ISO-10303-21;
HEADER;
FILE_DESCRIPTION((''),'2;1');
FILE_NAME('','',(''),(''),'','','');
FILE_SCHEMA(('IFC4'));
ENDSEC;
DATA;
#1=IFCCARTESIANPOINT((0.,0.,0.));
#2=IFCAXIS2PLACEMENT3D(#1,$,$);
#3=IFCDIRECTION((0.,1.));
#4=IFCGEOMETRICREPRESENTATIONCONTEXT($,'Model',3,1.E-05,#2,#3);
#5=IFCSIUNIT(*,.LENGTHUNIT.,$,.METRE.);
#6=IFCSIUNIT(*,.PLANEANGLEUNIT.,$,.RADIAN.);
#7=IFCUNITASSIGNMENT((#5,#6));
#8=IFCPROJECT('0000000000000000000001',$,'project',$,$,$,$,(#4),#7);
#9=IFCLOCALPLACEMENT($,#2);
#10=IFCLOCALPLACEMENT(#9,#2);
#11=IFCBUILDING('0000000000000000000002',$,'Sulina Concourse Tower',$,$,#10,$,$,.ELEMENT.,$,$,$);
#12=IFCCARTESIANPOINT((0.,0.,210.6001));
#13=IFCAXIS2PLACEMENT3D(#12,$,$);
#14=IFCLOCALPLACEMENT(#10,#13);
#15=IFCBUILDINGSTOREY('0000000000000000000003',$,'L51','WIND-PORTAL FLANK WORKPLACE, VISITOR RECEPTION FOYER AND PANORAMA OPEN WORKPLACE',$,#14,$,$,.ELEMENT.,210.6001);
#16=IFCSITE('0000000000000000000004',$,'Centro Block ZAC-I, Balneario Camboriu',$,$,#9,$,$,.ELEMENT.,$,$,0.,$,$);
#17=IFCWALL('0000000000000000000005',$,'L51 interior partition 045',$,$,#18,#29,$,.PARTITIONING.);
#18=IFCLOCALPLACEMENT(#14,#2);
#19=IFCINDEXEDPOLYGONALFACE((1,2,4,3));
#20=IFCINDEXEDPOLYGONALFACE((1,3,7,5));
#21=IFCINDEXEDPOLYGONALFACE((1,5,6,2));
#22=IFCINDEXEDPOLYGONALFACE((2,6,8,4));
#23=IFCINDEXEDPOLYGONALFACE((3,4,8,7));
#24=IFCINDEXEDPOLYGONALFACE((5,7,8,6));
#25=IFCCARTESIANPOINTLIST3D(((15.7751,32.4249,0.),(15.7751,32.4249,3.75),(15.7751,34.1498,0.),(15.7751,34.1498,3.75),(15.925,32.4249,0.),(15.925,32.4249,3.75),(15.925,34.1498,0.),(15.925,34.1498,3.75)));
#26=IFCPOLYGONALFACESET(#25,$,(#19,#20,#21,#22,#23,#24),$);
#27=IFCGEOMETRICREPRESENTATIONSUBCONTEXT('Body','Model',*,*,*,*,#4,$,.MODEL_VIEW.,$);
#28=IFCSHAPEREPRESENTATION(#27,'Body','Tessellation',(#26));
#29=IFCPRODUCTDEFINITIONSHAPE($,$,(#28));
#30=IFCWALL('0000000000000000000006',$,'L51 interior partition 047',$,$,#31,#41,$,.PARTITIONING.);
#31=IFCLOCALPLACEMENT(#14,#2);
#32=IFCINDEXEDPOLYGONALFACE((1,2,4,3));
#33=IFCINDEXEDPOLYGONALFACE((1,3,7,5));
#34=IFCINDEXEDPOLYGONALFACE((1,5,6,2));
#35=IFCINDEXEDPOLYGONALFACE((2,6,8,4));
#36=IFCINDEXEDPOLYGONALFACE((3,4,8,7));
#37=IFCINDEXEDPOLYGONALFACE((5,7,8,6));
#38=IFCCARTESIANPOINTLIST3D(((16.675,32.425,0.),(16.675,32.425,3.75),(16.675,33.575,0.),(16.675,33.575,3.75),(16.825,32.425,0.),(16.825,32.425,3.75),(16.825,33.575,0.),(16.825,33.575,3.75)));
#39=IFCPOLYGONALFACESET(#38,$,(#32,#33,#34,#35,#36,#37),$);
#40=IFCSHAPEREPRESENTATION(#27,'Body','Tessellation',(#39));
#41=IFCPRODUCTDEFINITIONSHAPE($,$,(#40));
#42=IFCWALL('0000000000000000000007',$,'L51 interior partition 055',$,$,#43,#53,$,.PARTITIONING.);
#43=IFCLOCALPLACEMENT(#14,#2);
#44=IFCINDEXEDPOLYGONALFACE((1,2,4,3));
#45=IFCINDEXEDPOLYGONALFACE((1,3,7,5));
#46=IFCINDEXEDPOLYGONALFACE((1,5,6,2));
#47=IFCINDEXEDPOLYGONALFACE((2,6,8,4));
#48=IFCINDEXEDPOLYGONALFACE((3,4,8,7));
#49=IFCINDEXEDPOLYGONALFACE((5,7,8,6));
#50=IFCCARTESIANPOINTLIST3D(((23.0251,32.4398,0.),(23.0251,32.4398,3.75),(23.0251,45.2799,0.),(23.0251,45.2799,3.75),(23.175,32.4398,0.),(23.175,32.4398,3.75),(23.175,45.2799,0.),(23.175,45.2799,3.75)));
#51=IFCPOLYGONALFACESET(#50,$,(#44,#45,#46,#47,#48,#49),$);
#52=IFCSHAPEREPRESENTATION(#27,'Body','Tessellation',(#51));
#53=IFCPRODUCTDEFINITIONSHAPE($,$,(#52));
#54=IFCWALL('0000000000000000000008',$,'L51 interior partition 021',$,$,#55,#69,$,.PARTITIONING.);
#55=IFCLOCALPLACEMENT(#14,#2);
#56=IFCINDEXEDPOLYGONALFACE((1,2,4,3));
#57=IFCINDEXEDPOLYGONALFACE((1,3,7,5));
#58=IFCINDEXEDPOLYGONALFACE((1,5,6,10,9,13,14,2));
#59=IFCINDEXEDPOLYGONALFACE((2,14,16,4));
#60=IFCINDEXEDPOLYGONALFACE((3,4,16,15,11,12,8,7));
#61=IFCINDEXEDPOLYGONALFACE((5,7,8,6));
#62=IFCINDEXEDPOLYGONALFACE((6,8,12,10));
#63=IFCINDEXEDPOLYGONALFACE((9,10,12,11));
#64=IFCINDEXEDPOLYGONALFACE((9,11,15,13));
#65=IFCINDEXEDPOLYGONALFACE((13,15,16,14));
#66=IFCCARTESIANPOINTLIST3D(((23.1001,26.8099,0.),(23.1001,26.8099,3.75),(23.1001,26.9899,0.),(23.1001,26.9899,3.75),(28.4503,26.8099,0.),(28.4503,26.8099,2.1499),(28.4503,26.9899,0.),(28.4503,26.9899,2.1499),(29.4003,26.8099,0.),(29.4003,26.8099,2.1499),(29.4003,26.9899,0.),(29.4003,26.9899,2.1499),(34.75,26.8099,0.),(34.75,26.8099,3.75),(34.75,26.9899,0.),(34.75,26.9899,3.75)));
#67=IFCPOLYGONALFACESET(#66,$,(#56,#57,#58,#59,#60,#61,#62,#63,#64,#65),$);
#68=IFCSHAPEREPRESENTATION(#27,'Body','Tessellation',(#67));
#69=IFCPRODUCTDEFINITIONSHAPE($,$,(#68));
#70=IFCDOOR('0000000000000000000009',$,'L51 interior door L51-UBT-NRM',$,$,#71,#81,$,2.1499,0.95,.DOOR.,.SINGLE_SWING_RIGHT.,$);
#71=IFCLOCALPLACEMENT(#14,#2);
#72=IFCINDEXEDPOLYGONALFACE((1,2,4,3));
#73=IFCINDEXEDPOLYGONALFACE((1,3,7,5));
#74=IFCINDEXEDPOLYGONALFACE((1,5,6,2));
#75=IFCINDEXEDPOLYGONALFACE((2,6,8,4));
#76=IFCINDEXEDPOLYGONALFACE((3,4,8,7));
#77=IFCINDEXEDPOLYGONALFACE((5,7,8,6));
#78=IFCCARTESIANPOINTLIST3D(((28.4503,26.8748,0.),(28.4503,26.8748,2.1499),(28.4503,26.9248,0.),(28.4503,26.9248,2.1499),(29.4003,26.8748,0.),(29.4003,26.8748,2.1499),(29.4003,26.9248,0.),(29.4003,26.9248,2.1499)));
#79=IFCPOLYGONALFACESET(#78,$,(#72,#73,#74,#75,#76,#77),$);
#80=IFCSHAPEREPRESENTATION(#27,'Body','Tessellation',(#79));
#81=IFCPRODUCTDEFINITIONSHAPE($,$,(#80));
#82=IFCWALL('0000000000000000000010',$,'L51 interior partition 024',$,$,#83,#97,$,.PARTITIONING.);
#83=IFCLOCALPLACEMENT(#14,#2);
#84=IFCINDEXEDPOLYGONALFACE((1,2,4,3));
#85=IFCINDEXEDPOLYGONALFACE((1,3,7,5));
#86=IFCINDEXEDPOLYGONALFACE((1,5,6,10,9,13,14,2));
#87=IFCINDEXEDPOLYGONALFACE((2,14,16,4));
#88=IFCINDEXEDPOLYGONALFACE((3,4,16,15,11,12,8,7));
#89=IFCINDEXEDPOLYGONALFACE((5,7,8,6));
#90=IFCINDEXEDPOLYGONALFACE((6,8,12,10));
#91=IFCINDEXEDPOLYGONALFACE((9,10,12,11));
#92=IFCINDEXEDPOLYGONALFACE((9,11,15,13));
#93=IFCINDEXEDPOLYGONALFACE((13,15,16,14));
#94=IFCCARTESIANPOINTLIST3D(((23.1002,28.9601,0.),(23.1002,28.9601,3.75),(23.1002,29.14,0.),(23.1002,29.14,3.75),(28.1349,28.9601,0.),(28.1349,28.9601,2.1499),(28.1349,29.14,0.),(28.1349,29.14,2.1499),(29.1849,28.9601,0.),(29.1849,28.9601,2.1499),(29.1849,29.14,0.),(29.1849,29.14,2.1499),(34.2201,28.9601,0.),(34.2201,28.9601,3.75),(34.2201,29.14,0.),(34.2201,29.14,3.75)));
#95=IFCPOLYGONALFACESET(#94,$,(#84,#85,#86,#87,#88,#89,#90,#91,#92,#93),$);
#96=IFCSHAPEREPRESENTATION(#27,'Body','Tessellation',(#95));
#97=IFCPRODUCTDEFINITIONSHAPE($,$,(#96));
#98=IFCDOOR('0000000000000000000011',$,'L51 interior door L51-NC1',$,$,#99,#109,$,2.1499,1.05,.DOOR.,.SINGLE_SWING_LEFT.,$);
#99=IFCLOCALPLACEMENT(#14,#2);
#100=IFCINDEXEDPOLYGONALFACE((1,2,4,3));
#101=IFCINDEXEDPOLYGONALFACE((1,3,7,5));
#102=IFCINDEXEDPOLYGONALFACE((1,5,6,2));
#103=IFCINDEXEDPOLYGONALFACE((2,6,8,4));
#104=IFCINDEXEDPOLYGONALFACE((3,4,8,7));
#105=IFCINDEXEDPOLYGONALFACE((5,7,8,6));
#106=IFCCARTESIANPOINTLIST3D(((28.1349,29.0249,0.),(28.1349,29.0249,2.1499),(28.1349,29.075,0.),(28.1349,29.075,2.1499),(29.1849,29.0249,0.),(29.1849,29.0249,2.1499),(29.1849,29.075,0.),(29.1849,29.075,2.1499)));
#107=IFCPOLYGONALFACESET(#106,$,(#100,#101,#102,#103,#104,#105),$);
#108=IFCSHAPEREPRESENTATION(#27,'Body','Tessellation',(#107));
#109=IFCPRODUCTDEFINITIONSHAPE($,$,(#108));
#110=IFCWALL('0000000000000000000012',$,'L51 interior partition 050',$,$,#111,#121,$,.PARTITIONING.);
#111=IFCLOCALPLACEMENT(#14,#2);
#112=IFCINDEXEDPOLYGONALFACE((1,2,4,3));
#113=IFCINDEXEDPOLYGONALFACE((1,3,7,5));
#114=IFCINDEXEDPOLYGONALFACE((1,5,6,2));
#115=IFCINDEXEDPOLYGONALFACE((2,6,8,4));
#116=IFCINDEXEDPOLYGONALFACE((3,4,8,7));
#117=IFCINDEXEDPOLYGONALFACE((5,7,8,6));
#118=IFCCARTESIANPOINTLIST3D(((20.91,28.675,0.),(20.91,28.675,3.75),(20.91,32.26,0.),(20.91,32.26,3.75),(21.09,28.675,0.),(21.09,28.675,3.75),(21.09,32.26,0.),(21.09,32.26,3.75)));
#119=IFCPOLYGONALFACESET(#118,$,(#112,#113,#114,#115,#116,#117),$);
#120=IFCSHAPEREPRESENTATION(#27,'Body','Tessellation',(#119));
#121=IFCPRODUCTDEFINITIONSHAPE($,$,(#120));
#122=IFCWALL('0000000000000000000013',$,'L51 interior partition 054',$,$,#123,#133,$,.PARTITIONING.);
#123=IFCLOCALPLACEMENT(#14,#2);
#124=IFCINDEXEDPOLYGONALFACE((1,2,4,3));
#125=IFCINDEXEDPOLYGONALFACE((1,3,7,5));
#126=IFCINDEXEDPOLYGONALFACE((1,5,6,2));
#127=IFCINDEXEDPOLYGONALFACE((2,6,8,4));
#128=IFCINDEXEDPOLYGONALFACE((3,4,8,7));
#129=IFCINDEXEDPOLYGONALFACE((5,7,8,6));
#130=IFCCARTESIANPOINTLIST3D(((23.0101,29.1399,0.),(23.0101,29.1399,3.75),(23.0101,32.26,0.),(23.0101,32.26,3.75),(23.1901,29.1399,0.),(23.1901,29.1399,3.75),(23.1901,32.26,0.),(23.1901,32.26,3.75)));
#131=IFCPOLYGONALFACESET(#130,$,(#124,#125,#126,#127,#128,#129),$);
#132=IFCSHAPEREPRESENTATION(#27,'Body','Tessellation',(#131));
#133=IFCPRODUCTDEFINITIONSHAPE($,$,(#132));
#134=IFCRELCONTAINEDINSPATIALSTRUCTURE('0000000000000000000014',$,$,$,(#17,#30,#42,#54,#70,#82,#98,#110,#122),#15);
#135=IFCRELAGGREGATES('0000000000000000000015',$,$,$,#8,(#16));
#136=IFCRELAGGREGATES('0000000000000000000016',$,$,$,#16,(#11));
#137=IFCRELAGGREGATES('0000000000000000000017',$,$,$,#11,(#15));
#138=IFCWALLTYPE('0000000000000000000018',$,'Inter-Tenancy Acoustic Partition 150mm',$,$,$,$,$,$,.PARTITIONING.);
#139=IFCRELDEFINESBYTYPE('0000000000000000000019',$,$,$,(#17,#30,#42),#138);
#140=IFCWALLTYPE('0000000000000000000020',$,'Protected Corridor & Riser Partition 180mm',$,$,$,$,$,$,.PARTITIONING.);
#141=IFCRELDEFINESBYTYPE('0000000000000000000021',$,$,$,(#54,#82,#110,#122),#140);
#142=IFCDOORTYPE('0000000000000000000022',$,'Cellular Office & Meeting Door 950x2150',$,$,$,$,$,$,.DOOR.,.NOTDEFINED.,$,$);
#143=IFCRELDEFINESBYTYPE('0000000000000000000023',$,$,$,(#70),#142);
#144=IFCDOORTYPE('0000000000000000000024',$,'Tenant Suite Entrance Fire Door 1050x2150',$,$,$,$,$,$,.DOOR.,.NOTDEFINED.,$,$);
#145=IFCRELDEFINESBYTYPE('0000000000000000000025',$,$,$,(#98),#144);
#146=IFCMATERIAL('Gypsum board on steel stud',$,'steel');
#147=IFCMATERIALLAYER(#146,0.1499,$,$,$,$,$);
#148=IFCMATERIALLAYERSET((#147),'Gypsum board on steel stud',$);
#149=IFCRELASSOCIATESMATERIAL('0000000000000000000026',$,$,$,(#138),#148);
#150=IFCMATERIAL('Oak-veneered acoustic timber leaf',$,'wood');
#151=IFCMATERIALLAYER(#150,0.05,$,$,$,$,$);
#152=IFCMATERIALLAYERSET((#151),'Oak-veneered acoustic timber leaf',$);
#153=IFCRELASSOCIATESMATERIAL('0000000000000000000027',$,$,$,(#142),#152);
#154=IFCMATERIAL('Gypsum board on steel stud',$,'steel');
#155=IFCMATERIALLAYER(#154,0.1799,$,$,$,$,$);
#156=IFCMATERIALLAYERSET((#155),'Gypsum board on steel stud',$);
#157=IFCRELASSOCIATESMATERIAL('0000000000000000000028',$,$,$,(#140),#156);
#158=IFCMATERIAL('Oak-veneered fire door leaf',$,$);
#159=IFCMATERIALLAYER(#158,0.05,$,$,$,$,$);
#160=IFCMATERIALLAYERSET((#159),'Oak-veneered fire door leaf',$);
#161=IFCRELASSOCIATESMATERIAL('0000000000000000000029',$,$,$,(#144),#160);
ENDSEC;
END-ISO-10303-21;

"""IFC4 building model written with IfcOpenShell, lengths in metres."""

from ifc_helpers import new_model, si_unit, direction, frame, frame_2d, origin, place, context, subcontext, project, spatial, rectangle, extrude, material, layer, layer_set, type_object, element, fill, save


model = new_model("IFC4")

# Units and contexts
model_context = context("Model", 3, precision=1e-05, world=origin(), true_north=direction((0.0, 1.0)))
body_context = subcontext(model_context, "Body", "Model", "MODEL_VIEW")
ifc_project = project(units=[si_unit("LENGTHUNIT", "METRE"), si_unit("PLANEANGLEUNIT", "RADIAN")], contexts=[model_context])

# Site, building, storey
site_placement = place(None, origin())
site = spatial("IfcSite", under=ifc_project, at=site_placement, Name="Centro Block ZAC-I, Balneario Camboriu", CompositionType="ELEMENT", RefElevation=0.0)
building_placement = place(site_placement, origin())
building = spatial("IfcBuilding", under=site, at=building_placement, Name="Sulina Concourse Tower", CompositionType="ELEMENT")
storey_placement = place(building_placement, frame((0.0, 0.0, 210.6001)))
storey = spatial("IfcBuildingStorey", under=building, at=storey_placement, Name="L51", Description="WIND-PORTAL FLANK WORKPLACE, VISITOR RECEPTION FOYER AND PANORAMA OPEN WORKPLACE", CompositionType="ELEMENT", Elevation=210.6001)

# Shared definitions
ifc_material_1 = material(Name="Gypsum board on steel stud", Category="steel")
ifc_layer_1 = layer(ifc_material_1, 0.1499)
ifc_layer_set_1 = layer_set([ifc_layer_1], Name="Gypsum board on steel stud")
wall_type_1 = type_object("IfcWallType", Name="Inter-Tenancy Acoustic Partition 150mm", PredefinedType="PARTITIONING", material=ifc_layer_set_1)

# Shared definitions
ifc_material_2 = material(Name="Oak-veneered acoustic timber leaf", Category="wood")
ifc_layer_2 = layer(ifc_material_2, 0.05)
ifc_layer_set_2 = layer_set([ifc_layer_2], Name="Oak-veneered acoustic timber leaf")
door_type_1 = type_object("IfcDoorType", Name="Cellular Office & Meeting Door 950x2150", OperationType="NOTDEFINED", PredefinedType="DOOR", material=ifc_layer_set_2)

# Walls
wall_1_placement = place(storey_placement, frame((15.8501, 32.425, 0.0), z_axis=(0.0, 0.0, 1.0), x_axis=(0.0, 1.0, 0.0)))
element("IfcWall", 1, at=wall_1_placement, inside=storey, type_object=wall_type_1, Name="L51 interior partition 045", PredefinedType="PARTITIONING", context=body_context, shape_type="SweptSolid", body=[
    extrude(rectangle(XDim=1.7249, YDim=0.1499, at=frame_2d((0.8623, 0.0))), origin(), (0.0, 0.0, 1.0), 3.75),
])
wall_2_placement = place(storey_placement, frame((16.75, 32.425, 0.0), z_axis=(0.0, 0.0, 1.0), x_axis=(0.0, 1.0, 0.0)))
element("IfcWall", 2, at=wall_2_placement, inside=storey, type_object=wall_type_1, Name="L51 interior partition 047", PredefinedType="PARTITIONING", context=body_context, shape_type="SweptSolid", body=[
    extrude(rectangle(XDim=1.1499, YDim=0.1499, at=frame_2d((0.575, 0.0))), origin(), (0.0, 0.0, 1.0), 3.75),
])
wall_3_placement = place(storey_placement, frame((23.1001, 32.4399, 0.0), z_axis=(0.0, 0.0, 1.0), x_axis=(0.0, 1.0, 0.0)))
element("IfcWall", 3, at=wall_3_placement, inside=storey, type_object=wall_type_1, Name="L51 interior partition 055", PredefinedType="PARTITIONING", context=body_context, shape_type="SweptSolid", body=[
    extrude(rectangle(XDim=12.8401, YDim=0.1499, at=frame_2d((6.4199, 0.0))), origin(), (0.0, 0.0, 1.0), 3.75),
])

# Walls, openings, doors
ifc_material_3 = material(Name="Gypsum board on steel stud", Category="steel")
ifc_layer_3 = layer(ifc_material_3, 0.1799)
ifc_layer_set_3 = layer_set([ifc_layer_3], Name="Gypsum board on steel stud")
wall_type_2 = type_object("IfcWallType", Name="Protected Corridor & Riser Partition 180mm", PredefinedType="PARTITIONING", material=ifc_layer_set_3)
wall_4_placement = place(storey_placement, frame((23.1001, 26.8999, 0.0), z_axis=(0.0, 0.0, 1.0), x_axis=(1.0, 0.0, 0.0)))
wall_4 = element("IfcWall", 4, at=wall_4_placement, inside=storey, type_object=wall_type_2, Name="L51 interior partition 021", PredefinedType="PARTITIONING", context=body_context, shape_type="SweptSolid", body=[
    extrude(rectangle(XDim=11.6499, YDim=0.1799, at=frame_2d((5.825, 0.0))), origin(), (0.0, 0.0, 1.0), 3.75),
])
opening_1_placement = place(wall_4_placement, frame((5.3501, 0.0, 0.0)))
opening_1 = element("IfcOpeningElement", 5, at=opening_1_placement, cuts=wall_4, PredefinedType="OPENING", context=body_context, shape_type="SweptSolid", body=[
    extrude(rectangle(XDim=0.95, YDim=2.1499, at=frame_2d((0.4751, 1.075))), frame((0.0, 0.0999, 0.0), z_axis=(0.0, -1.0, 0.0), x_axis=(1.0, 0.0, 0.0)), (0.0, 0.0, 1.0), 0.2),
])
door_1_placement = place(opening_1_placement, origin())
door_1 = element("IfcDoor", 6, at=door_1_placement, inside=storey, type_object=door_type_1, Name="L51 interior door L51-UBT-NRM", OperationType="SINGLE_SWING_RIGHT", OverallHeight=2.1499, OverallWidth=0.95, PredefinedType="DOOR", context=body_context, shape_type="SweptSolid", body=[
    extrude(rectangle(XDim=0.95, YDim=2.1499, at=frame_2d((0.4751, 1.075))), frame((0.0, 0.0249, 0.0), z_axis=(0.0, -1.0, 0.0), x_axis=(1.0, 0.0, 0.0)), (0.0, 0.0, 1.0), 0.05),
])
fill(opening_1, door_1)
wall_5_placement = place(storey_placement, frame((23.1001, 29.05, 0.0), z_axis=(0.0, 0.0, 1.0), x_axis=(1.0, 0.0, 0.0)))
wall_5 = element("IfcWall", 7, at=wall_5_placement, inside=storey, type_object=wall_type_2, Name="L51 interior partition 024", PredefinedType="PARTITIONING", context=body_context, shape_type="SweptSolid", body=[
    extrude(rectangle(XDim=11.1199, YDim=0.1799, at=frame_2d((5.5601, 0.0))), origin(), (0.0, 0.0, 1.0), 3.75),
])
opening_2_placement = place(wall_5_placement, frame((5.0349, 0.0, 0.0)))
opening_2 = element("IfcOpeningElement", 8, at=opening_2_placement, cuts=wall_5, PredefinedType="OPENING", context=body_context, shape_type="SweptSolid", body=[
    extrude(rectangle(XDim=1.05, YDim=2.1499, at=frame_2d((0.5249, 1.075))), frame((0.0, 0.0999, 0.0), z_axis=(0.0, -1.0, 0.0), x_axis=(1.0, 0.0, 0.0)), (0.0, 0.0, 1.0), 0.2),
])
ifc_material_4 = material(Name="Oak-veneered fire door leaf")
ifc_layer_4 = layer(ifc_material_4, 0.05)
ifc_layer_set_4 = layer_set([ifc_layer_4], Name="Oak-veneered fire door leaf")
door_type_2 = type_object("IfcDoorType", Name="Tenant Suite Entrance Fire Door 1050x2150", OperationType="NOTDEFINED", PredefinedType="DOOR", material=ifc_layer_set_4)
door_2_placement = place(opening_2_placement, origin())
door_2 = element("IfcDoor", 9, at=door_2_placement, inside=storey, type_object=door_type_2, Name="L51 interior door L51-NC1", OperationType="SINGLE_SWING_LEFT", OverallHeight=2.1499, OverallWidth=1.05, PredefinedType="DOOR", context=body_context, shape_type="SweptSolid", body=[
    extrude(rectangle(XDim=1.05, YDim=2.1499, at=frame_2d((0.5249, 1.075))), frame((0.0, 0.0249, 0.0), z_axis=(0.0, -1.0, 0.0), x_axis=(1.0, 0.0, 0.0)), (0.0, 0.0, 1.0), 0.05),
])
fill(opening_2, door_2)

# Walls
wall_6_placement = place(storey_placement, frame((21.0, 28.675, 0.0), z_axis=(0.0, 0.0, 1.0), x_axis=(0.0, 1.0, 0.0)))
element("IfcWall", 10, at=wall_6_placement, inside=storey, type_object=wall_type_2, Name="L51 interior partition 050", PredefinedType="PARTITIONING", context=body_context, shape_type="SweptSolid", body=[
    extrude(rectangle(XDim=3.585, YDim=0.1799, at=frame_2d((1.7925, 0.0))), origin(), (0.0, 0.0, 1.0), 3.75),
])
wall_7_placement = place(storey_placement, frame((23.1001, 29.1399, 0.0), z_axis=(0.0, 0.0, 1.0), x_axis=(0.0, 1.0, 0.0)))
element("IfcWall", 11, at=wall_7_placement, inside=storey, type_object=wall_type_2, Name="L51 interior partition 054", PredefinedType="PARTITIONING", context=body_context, shape_type="SweptSolid", body=[
    extrude(rectangle(XDim=3.1201, YDim=0.1799, at=frame_2d((1.5601, 0.0))), origin(), (0.0, 0.0, 1.0), 3.75),
])

save(model, "model.ifc")
